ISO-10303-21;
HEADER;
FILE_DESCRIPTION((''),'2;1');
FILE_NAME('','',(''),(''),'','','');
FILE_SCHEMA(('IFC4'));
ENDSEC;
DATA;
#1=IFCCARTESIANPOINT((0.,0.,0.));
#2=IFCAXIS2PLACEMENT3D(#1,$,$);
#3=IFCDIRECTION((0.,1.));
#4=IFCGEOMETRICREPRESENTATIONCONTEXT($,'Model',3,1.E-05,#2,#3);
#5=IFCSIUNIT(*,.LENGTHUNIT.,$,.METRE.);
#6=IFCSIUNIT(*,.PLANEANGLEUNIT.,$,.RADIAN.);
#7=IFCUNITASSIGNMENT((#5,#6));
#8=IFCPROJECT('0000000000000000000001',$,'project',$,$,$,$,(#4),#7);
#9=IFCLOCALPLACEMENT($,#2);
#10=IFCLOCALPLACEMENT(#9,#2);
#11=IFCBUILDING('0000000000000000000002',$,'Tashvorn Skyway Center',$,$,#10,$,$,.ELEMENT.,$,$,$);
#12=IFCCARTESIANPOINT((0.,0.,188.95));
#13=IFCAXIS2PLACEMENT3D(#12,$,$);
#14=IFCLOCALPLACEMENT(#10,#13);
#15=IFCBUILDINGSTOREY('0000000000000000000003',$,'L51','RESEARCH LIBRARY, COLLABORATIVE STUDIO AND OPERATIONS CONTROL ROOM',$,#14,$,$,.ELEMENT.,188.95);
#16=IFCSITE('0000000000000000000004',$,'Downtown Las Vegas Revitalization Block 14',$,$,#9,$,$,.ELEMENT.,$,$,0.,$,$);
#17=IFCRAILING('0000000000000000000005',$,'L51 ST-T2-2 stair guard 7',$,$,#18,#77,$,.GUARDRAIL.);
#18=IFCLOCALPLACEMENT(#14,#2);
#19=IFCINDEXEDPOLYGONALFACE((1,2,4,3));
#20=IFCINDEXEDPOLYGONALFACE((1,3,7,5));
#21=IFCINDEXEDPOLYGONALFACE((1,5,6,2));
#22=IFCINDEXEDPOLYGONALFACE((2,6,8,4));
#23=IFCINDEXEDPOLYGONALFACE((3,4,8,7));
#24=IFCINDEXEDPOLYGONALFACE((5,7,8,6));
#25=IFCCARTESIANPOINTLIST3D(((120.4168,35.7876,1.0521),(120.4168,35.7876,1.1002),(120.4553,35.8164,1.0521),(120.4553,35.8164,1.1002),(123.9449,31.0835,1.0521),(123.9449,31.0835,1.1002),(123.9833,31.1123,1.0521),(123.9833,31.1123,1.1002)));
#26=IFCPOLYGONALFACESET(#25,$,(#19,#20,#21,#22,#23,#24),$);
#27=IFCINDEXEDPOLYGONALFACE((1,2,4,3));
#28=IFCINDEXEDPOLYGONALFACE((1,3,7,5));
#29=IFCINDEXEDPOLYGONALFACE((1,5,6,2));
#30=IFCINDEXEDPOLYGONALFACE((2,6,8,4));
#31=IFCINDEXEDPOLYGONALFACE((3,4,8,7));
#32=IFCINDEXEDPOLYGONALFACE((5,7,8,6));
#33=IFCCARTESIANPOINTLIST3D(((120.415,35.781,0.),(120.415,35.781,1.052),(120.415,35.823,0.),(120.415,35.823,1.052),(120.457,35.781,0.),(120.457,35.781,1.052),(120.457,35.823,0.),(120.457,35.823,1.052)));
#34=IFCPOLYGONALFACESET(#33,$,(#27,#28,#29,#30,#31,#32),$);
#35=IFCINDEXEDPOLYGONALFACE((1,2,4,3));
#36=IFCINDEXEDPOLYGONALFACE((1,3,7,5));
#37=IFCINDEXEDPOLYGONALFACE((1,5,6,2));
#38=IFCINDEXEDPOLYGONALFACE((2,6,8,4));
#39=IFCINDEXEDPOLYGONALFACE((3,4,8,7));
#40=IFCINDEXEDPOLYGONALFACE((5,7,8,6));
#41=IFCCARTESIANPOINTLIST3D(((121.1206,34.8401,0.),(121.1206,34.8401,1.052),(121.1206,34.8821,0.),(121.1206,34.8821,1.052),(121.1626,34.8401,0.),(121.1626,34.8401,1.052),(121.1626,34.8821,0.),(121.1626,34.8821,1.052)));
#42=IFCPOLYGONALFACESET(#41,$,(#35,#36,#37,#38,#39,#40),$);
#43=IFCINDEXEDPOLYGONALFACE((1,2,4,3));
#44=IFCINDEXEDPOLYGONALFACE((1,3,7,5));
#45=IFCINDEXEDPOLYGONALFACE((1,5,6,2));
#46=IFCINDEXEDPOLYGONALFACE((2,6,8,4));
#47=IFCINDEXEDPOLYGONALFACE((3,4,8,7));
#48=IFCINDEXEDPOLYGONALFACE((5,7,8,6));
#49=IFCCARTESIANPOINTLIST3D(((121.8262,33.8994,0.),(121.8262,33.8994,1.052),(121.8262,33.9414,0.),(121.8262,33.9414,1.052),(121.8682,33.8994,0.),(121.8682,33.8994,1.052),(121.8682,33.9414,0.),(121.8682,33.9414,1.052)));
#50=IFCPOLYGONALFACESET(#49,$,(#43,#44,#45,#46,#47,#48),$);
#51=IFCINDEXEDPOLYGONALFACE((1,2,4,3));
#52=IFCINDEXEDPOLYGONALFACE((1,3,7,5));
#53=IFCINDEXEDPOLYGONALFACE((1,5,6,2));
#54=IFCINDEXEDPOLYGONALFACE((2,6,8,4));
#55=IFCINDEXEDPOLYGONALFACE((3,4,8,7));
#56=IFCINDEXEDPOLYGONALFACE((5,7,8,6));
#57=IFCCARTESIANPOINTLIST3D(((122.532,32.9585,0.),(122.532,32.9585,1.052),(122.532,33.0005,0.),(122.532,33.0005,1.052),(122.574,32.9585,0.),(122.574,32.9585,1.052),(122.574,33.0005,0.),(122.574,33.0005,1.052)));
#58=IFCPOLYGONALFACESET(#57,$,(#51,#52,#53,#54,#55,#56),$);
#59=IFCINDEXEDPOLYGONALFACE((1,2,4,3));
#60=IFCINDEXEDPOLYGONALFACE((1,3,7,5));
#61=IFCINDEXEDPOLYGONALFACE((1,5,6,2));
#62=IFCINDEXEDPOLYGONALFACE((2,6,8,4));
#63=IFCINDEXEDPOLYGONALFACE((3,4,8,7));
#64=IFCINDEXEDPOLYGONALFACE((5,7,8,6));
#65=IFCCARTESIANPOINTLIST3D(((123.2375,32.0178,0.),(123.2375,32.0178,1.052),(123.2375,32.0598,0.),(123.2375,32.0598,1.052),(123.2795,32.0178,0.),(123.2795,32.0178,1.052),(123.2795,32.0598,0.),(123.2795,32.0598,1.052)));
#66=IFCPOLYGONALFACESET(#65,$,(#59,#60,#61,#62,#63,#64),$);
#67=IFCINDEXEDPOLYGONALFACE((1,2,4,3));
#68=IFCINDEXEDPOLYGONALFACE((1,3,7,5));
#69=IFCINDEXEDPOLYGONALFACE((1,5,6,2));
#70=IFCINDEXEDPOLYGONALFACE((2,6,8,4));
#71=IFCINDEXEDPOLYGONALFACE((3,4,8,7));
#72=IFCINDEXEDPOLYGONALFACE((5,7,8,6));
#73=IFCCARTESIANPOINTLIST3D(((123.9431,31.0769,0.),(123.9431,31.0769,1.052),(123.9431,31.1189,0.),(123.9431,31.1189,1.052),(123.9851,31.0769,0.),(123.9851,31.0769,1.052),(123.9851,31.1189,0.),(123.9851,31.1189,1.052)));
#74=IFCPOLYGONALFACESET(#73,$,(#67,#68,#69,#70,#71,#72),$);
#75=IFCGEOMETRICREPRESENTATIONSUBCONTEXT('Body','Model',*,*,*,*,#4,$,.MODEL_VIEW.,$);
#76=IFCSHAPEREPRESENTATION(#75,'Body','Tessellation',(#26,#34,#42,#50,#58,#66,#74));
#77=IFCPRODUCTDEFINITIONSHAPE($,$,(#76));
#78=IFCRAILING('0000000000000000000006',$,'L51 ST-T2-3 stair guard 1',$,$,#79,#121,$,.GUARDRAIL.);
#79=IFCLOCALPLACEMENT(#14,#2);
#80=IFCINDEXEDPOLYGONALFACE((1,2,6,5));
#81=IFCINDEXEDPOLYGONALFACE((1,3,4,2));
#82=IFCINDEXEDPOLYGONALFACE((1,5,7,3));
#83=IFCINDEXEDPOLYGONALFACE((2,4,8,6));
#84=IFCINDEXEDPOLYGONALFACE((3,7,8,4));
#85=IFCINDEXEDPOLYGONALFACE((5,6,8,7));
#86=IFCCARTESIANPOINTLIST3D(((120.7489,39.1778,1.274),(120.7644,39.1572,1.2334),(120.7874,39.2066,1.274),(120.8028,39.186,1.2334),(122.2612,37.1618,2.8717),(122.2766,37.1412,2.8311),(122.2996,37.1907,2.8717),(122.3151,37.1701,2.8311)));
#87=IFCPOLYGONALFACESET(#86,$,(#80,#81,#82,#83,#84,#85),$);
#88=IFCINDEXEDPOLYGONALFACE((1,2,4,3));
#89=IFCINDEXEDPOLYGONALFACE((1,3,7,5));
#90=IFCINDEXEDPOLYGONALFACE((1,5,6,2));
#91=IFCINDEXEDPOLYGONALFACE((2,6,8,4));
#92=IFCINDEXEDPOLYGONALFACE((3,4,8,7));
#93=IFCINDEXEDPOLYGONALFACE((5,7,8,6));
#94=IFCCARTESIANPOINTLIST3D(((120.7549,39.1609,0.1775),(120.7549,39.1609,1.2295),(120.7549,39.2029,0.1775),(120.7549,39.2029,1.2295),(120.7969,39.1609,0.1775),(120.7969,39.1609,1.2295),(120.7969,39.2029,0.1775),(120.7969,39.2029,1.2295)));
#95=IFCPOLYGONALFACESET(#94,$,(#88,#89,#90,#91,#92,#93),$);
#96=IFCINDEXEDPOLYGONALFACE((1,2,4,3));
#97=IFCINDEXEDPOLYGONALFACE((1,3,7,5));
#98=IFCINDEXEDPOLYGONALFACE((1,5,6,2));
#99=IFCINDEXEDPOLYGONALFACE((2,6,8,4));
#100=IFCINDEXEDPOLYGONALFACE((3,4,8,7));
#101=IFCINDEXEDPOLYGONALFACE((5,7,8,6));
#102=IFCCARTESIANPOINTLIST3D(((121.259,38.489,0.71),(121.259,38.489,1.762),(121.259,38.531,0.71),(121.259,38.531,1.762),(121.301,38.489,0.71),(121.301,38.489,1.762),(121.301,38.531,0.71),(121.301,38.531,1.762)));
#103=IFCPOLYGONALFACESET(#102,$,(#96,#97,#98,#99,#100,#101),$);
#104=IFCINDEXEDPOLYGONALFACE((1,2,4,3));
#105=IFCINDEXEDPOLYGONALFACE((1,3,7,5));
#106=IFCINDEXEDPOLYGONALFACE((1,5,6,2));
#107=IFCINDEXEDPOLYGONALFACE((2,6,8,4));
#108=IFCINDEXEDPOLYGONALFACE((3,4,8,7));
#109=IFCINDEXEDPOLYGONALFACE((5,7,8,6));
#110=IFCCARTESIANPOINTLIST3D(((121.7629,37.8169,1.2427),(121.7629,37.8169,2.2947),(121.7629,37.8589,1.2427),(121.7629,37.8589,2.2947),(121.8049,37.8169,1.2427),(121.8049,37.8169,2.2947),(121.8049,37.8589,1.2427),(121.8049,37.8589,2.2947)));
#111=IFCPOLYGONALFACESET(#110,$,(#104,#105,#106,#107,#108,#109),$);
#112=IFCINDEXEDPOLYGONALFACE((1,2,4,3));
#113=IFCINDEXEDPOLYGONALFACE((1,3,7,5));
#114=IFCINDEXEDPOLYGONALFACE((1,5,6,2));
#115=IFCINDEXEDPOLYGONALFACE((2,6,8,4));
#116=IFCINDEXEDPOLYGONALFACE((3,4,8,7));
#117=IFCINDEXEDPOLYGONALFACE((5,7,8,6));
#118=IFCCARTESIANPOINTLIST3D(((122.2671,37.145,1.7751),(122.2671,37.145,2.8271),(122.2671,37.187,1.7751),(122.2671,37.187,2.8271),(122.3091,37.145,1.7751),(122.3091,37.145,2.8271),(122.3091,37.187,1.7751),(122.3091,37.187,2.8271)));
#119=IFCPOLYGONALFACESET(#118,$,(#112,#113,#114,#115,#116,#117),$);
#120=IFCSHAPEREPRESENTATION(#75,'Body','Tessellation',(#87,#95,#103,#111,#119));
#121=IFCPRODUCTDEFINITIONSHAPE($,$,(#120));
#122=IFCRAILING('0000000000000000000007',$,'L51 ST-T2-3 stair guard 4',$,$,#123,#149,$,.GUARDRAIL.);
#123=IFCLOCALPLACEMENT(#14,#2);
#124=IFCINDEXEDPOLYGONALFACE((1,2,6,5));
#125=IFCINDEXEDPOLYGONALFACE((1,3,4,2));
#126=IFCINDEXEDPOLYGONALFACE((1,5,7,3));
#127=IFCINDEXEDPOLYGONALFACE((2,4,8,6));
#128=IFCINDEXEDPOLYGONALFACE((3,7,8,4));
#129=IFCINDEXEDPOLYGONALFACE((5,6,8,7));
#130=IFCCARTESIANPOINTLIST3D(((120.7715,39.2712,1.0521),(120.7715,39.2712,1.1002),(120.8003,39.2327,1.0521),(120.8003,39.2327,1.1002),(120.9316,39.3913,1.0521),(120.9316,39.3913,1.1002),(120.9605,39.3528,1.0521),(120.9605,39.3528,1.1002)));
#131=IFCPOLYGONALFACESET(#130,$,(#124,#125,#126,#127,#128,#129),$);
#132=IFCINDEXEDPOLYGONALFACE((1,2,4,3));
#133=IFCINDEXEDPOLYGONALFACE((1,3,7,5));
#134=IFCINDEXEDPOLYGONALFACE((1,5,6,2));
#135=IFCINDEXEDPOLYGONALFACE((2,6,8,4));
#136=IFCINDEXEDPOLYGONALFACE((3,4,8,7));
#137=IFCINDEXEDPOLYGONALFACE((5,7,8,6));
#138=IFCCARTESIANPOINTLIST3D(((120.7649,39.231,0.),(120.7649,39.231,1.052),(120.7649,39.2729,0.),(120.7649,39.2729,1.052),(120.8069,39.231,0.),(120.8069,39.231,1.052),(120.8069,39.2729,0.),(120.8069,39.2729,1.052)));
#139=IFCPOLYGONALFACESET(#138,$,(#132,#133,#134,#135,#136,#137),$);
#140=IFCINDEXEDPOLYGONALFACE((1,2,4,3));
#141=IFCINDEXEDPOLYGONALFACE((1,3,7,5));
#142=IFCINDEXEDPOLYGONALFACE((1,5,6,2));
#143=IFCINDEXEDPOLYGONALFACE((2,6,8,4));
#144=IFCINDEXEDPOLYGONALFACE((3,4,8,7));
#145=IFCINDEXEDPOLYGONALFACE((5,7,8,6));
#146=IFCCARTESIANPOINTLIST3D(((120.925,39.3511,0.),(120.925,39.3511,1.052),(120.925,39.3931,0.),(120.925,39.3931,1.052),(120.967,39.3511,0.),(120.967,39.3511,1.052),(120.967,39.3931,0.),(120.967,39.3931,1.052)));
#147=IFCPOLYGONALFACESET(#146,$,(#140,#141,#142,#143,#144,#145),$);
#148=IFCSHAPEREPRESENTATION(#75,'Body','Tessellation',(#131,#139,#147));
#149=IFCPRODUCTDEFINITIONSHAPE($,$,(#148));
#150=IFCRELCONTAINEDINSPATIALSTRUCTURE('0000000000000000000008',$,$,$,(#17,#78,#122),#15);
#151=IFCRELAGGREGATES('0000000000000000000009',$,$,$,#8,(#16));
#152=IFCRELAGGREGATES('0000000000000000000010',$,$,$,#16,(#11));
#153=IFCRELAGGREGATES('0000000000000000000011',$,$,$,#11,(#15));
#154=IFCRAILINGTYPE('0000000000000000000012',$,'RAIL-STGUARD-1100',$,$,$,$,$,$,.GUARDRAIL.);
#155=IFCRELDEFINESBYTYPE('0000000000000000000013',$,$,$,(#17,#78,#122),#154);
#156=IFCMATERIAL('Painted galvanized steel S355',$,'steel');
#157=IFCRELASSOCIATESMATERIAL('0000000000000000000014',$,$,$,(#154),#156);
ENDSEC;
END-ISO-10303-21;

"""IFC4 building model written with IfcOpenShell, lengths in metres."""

from ifc_helpers import new_model, si_unit, direction, frame, origin, origin_2d, place, context, subcontext, project, spatial, rectangle, extrude, material, type_object, element, save


model = new_model("IFC4")

# Units and contexts
model_context = context("Model", 3, precision=1e-05, world=origin(), true_north=direction((0.0, 1.0)))
body_context = subcontext(model_context, "Body", "Model", "MODEL_VIEW")
ifc_project = project(units=[si_unit("LENGTHUNIT", "METRE"), si_unit("PLANEANGLEUNIT", "RADIAN")], contexts=[model_context])

# Site, building, storey
site_placement = place(None, origin())
site = spatial("IfcSite", under=ifc_project, at=site_placement, Name="Downtown Las Vegas Revitalization Block 14", CompositionType="ELEMENT", RefElevation=0.0)
building_placement = place(site_placement, origin())
building = spatial("IfcBuilding", under=site, at=building_placement, Name="Tashvorn Skyway Center", CompositionType="ELEMENT")
storey_placement = place(building_placement, frame((0.0, 0.0, 188.95)))
storey = spatial("IfcBuildingStorey", under=building, at=storey_placement, Name="L51", Description="RESEARCH LIBRARY, COLLABORATIVE STUDIO AND OPERATIONS CONTROL ROOM", CompositionType="ELEMENT", Elevation=188.95)

# Railings
ifc_material_1 = material(Name="Painted galvanized steel S355", Category="steel")
railing_type_1 = type_object("IfcRailingType", Name="RAIL-STGUARD-1100", PredefinedType="GUARDRAIL", material=ifc_material_1)
railing_1_placement = place(storey_placement, frame((120.436, 35.802, 0.0)))
element("IfcRailing", 1, at=railing_1_placement, inside=storey, type_object=railing_type_1, Name="L51 ST-T2-2 stair guard 7", PredefinedType="GUARDRAIL", context=body_context, shape_type="SweptSolid", body=[
    extrude(rectangle(XDim=0.0481, YDim=0.0481, at=origin_2d()), frame((0.0, 0.0, 1.0762), z_axis=(0.6, -0.8, 0.0), x_axis=(0.8, 0.6, 0.0)), (0.0, 0.0, 1.0), 5.8801),
    extrude(rectangle(XDim=0.042, YDim=0.042, at=origin_2d()), origin(), (0.0, 0.0, 1.0), 1.052),
    extrude(rectangle(XDim=0.042, YDim=0.042, at=origin_2d()), frame((0.7056, -0.9409, 0.0)), (0.0, 0.0, 1.0), 1.052),
    extrude(rectangle(XDim=0.042, YDim=0.042, at=origin_2d()), frame((1.4111, -1.8816, 0.0)), (0.0, 0.0, 1.0), 1.052),
    extrude(rectangle(XDim=0.042, YDim=0.042, at=origin_2d()), frame((2.1169, -2.8225, 0.0)), (0.0, 0.0, 1.0), 1.052),
    extrude(rectangle(XDim=0.042, YDim=0.042, at=origin_2d()), frame((2.8225, -3.7632, 0.0)), (0.0, 0.0, 1.0), 1.052),
    extrude(rectangle(XDim=0.042, YDim=0.042, at=origin_2d()), frame((3.5281, -4.7041, 0.0)), (0.0, 0.0, 1.0), 1.052),
])
railing_2_placement = place(storey_placement, frame((120.7759, 39.1819, 0.1775)))
element("IfcRailing", 2, at=railing_2_placement, inside=storey, type_object=railing_type_1, Name="L51 ST-T2-3 stair guard 1", PredefinedType="GUARDRAIL", context=body_context, shape_type="SweptSolid", body=[
    extrude(rectangle(XDim=0.0481, YDim=0.0481, at=origin_2d()), frame((0.0, 0.0, 1.0762), z_axis=(0.506807, -0.675607, 0.535445), x_axis=(0.799942, 0.600078, 0.0)), (0.0, 0.0, 1.0), 2.9839),
    extrude(rectangle(XDim=0.042, YDim=0.042, at=origin_2d()), origin(), (0.0, 0.0, 1.0), 1.052),
    extrude(rectangle(XDim=0.042, YDim=0.042, at=origin_2d()), frame((0.5042, -0.6719, 0.5325)), (0.0, 0.0, 1.0), 1.052),
    extrude(rectangle(XDim=0.042, YDim=0.042, at=origin_2d()), frame((1.0081, -1.344, 1.0652)), (0.0, 0.0, 1.0), 1.052),
    extrude(rectangle(XDim=0.042, YDim=0.042, at=origin_2d()), frame((1.5122, -2.0159, 1.5977)), (0.0, 0.0, 1.0), 1.052),
])
railing_3_placement = place(storey_placement, frame((120.7859, 39.252, 0.0)))
element("IfcRailing", 3, at=railing_3_placement, inside=storey, type_object=railing_type_1, Name="L51 ST-T2-3 stair guard 4", PredefinedType="GUARDRAIL", context=body_context, shape_type="SweptSolid", body=[
    extrude(rectangle(XDim=0.0481, YDim=0.0481, at=origin_2d()), frame((0.0, 0.0, 1.0762), z_axis=(0.8, 0.6, 0.0), x_axis=(-0.6, 0.8, 0.0)), (0.0, 0.0, 1.0), 0.2002),
    extrude(rectangle(XDim=0.042, YDim=0.042, at=origin_2d()), origin(), (0.0, 0.0, 1.0), 1.052),
    extrude(rectangle(XDim=0.042, YDim=0.042, at=origin_2d()), frame((0.1602, 0.1201, 0.0)), (0.0, 0.0, 1.0), 1.052),
])

save(model, "model.ifc")
